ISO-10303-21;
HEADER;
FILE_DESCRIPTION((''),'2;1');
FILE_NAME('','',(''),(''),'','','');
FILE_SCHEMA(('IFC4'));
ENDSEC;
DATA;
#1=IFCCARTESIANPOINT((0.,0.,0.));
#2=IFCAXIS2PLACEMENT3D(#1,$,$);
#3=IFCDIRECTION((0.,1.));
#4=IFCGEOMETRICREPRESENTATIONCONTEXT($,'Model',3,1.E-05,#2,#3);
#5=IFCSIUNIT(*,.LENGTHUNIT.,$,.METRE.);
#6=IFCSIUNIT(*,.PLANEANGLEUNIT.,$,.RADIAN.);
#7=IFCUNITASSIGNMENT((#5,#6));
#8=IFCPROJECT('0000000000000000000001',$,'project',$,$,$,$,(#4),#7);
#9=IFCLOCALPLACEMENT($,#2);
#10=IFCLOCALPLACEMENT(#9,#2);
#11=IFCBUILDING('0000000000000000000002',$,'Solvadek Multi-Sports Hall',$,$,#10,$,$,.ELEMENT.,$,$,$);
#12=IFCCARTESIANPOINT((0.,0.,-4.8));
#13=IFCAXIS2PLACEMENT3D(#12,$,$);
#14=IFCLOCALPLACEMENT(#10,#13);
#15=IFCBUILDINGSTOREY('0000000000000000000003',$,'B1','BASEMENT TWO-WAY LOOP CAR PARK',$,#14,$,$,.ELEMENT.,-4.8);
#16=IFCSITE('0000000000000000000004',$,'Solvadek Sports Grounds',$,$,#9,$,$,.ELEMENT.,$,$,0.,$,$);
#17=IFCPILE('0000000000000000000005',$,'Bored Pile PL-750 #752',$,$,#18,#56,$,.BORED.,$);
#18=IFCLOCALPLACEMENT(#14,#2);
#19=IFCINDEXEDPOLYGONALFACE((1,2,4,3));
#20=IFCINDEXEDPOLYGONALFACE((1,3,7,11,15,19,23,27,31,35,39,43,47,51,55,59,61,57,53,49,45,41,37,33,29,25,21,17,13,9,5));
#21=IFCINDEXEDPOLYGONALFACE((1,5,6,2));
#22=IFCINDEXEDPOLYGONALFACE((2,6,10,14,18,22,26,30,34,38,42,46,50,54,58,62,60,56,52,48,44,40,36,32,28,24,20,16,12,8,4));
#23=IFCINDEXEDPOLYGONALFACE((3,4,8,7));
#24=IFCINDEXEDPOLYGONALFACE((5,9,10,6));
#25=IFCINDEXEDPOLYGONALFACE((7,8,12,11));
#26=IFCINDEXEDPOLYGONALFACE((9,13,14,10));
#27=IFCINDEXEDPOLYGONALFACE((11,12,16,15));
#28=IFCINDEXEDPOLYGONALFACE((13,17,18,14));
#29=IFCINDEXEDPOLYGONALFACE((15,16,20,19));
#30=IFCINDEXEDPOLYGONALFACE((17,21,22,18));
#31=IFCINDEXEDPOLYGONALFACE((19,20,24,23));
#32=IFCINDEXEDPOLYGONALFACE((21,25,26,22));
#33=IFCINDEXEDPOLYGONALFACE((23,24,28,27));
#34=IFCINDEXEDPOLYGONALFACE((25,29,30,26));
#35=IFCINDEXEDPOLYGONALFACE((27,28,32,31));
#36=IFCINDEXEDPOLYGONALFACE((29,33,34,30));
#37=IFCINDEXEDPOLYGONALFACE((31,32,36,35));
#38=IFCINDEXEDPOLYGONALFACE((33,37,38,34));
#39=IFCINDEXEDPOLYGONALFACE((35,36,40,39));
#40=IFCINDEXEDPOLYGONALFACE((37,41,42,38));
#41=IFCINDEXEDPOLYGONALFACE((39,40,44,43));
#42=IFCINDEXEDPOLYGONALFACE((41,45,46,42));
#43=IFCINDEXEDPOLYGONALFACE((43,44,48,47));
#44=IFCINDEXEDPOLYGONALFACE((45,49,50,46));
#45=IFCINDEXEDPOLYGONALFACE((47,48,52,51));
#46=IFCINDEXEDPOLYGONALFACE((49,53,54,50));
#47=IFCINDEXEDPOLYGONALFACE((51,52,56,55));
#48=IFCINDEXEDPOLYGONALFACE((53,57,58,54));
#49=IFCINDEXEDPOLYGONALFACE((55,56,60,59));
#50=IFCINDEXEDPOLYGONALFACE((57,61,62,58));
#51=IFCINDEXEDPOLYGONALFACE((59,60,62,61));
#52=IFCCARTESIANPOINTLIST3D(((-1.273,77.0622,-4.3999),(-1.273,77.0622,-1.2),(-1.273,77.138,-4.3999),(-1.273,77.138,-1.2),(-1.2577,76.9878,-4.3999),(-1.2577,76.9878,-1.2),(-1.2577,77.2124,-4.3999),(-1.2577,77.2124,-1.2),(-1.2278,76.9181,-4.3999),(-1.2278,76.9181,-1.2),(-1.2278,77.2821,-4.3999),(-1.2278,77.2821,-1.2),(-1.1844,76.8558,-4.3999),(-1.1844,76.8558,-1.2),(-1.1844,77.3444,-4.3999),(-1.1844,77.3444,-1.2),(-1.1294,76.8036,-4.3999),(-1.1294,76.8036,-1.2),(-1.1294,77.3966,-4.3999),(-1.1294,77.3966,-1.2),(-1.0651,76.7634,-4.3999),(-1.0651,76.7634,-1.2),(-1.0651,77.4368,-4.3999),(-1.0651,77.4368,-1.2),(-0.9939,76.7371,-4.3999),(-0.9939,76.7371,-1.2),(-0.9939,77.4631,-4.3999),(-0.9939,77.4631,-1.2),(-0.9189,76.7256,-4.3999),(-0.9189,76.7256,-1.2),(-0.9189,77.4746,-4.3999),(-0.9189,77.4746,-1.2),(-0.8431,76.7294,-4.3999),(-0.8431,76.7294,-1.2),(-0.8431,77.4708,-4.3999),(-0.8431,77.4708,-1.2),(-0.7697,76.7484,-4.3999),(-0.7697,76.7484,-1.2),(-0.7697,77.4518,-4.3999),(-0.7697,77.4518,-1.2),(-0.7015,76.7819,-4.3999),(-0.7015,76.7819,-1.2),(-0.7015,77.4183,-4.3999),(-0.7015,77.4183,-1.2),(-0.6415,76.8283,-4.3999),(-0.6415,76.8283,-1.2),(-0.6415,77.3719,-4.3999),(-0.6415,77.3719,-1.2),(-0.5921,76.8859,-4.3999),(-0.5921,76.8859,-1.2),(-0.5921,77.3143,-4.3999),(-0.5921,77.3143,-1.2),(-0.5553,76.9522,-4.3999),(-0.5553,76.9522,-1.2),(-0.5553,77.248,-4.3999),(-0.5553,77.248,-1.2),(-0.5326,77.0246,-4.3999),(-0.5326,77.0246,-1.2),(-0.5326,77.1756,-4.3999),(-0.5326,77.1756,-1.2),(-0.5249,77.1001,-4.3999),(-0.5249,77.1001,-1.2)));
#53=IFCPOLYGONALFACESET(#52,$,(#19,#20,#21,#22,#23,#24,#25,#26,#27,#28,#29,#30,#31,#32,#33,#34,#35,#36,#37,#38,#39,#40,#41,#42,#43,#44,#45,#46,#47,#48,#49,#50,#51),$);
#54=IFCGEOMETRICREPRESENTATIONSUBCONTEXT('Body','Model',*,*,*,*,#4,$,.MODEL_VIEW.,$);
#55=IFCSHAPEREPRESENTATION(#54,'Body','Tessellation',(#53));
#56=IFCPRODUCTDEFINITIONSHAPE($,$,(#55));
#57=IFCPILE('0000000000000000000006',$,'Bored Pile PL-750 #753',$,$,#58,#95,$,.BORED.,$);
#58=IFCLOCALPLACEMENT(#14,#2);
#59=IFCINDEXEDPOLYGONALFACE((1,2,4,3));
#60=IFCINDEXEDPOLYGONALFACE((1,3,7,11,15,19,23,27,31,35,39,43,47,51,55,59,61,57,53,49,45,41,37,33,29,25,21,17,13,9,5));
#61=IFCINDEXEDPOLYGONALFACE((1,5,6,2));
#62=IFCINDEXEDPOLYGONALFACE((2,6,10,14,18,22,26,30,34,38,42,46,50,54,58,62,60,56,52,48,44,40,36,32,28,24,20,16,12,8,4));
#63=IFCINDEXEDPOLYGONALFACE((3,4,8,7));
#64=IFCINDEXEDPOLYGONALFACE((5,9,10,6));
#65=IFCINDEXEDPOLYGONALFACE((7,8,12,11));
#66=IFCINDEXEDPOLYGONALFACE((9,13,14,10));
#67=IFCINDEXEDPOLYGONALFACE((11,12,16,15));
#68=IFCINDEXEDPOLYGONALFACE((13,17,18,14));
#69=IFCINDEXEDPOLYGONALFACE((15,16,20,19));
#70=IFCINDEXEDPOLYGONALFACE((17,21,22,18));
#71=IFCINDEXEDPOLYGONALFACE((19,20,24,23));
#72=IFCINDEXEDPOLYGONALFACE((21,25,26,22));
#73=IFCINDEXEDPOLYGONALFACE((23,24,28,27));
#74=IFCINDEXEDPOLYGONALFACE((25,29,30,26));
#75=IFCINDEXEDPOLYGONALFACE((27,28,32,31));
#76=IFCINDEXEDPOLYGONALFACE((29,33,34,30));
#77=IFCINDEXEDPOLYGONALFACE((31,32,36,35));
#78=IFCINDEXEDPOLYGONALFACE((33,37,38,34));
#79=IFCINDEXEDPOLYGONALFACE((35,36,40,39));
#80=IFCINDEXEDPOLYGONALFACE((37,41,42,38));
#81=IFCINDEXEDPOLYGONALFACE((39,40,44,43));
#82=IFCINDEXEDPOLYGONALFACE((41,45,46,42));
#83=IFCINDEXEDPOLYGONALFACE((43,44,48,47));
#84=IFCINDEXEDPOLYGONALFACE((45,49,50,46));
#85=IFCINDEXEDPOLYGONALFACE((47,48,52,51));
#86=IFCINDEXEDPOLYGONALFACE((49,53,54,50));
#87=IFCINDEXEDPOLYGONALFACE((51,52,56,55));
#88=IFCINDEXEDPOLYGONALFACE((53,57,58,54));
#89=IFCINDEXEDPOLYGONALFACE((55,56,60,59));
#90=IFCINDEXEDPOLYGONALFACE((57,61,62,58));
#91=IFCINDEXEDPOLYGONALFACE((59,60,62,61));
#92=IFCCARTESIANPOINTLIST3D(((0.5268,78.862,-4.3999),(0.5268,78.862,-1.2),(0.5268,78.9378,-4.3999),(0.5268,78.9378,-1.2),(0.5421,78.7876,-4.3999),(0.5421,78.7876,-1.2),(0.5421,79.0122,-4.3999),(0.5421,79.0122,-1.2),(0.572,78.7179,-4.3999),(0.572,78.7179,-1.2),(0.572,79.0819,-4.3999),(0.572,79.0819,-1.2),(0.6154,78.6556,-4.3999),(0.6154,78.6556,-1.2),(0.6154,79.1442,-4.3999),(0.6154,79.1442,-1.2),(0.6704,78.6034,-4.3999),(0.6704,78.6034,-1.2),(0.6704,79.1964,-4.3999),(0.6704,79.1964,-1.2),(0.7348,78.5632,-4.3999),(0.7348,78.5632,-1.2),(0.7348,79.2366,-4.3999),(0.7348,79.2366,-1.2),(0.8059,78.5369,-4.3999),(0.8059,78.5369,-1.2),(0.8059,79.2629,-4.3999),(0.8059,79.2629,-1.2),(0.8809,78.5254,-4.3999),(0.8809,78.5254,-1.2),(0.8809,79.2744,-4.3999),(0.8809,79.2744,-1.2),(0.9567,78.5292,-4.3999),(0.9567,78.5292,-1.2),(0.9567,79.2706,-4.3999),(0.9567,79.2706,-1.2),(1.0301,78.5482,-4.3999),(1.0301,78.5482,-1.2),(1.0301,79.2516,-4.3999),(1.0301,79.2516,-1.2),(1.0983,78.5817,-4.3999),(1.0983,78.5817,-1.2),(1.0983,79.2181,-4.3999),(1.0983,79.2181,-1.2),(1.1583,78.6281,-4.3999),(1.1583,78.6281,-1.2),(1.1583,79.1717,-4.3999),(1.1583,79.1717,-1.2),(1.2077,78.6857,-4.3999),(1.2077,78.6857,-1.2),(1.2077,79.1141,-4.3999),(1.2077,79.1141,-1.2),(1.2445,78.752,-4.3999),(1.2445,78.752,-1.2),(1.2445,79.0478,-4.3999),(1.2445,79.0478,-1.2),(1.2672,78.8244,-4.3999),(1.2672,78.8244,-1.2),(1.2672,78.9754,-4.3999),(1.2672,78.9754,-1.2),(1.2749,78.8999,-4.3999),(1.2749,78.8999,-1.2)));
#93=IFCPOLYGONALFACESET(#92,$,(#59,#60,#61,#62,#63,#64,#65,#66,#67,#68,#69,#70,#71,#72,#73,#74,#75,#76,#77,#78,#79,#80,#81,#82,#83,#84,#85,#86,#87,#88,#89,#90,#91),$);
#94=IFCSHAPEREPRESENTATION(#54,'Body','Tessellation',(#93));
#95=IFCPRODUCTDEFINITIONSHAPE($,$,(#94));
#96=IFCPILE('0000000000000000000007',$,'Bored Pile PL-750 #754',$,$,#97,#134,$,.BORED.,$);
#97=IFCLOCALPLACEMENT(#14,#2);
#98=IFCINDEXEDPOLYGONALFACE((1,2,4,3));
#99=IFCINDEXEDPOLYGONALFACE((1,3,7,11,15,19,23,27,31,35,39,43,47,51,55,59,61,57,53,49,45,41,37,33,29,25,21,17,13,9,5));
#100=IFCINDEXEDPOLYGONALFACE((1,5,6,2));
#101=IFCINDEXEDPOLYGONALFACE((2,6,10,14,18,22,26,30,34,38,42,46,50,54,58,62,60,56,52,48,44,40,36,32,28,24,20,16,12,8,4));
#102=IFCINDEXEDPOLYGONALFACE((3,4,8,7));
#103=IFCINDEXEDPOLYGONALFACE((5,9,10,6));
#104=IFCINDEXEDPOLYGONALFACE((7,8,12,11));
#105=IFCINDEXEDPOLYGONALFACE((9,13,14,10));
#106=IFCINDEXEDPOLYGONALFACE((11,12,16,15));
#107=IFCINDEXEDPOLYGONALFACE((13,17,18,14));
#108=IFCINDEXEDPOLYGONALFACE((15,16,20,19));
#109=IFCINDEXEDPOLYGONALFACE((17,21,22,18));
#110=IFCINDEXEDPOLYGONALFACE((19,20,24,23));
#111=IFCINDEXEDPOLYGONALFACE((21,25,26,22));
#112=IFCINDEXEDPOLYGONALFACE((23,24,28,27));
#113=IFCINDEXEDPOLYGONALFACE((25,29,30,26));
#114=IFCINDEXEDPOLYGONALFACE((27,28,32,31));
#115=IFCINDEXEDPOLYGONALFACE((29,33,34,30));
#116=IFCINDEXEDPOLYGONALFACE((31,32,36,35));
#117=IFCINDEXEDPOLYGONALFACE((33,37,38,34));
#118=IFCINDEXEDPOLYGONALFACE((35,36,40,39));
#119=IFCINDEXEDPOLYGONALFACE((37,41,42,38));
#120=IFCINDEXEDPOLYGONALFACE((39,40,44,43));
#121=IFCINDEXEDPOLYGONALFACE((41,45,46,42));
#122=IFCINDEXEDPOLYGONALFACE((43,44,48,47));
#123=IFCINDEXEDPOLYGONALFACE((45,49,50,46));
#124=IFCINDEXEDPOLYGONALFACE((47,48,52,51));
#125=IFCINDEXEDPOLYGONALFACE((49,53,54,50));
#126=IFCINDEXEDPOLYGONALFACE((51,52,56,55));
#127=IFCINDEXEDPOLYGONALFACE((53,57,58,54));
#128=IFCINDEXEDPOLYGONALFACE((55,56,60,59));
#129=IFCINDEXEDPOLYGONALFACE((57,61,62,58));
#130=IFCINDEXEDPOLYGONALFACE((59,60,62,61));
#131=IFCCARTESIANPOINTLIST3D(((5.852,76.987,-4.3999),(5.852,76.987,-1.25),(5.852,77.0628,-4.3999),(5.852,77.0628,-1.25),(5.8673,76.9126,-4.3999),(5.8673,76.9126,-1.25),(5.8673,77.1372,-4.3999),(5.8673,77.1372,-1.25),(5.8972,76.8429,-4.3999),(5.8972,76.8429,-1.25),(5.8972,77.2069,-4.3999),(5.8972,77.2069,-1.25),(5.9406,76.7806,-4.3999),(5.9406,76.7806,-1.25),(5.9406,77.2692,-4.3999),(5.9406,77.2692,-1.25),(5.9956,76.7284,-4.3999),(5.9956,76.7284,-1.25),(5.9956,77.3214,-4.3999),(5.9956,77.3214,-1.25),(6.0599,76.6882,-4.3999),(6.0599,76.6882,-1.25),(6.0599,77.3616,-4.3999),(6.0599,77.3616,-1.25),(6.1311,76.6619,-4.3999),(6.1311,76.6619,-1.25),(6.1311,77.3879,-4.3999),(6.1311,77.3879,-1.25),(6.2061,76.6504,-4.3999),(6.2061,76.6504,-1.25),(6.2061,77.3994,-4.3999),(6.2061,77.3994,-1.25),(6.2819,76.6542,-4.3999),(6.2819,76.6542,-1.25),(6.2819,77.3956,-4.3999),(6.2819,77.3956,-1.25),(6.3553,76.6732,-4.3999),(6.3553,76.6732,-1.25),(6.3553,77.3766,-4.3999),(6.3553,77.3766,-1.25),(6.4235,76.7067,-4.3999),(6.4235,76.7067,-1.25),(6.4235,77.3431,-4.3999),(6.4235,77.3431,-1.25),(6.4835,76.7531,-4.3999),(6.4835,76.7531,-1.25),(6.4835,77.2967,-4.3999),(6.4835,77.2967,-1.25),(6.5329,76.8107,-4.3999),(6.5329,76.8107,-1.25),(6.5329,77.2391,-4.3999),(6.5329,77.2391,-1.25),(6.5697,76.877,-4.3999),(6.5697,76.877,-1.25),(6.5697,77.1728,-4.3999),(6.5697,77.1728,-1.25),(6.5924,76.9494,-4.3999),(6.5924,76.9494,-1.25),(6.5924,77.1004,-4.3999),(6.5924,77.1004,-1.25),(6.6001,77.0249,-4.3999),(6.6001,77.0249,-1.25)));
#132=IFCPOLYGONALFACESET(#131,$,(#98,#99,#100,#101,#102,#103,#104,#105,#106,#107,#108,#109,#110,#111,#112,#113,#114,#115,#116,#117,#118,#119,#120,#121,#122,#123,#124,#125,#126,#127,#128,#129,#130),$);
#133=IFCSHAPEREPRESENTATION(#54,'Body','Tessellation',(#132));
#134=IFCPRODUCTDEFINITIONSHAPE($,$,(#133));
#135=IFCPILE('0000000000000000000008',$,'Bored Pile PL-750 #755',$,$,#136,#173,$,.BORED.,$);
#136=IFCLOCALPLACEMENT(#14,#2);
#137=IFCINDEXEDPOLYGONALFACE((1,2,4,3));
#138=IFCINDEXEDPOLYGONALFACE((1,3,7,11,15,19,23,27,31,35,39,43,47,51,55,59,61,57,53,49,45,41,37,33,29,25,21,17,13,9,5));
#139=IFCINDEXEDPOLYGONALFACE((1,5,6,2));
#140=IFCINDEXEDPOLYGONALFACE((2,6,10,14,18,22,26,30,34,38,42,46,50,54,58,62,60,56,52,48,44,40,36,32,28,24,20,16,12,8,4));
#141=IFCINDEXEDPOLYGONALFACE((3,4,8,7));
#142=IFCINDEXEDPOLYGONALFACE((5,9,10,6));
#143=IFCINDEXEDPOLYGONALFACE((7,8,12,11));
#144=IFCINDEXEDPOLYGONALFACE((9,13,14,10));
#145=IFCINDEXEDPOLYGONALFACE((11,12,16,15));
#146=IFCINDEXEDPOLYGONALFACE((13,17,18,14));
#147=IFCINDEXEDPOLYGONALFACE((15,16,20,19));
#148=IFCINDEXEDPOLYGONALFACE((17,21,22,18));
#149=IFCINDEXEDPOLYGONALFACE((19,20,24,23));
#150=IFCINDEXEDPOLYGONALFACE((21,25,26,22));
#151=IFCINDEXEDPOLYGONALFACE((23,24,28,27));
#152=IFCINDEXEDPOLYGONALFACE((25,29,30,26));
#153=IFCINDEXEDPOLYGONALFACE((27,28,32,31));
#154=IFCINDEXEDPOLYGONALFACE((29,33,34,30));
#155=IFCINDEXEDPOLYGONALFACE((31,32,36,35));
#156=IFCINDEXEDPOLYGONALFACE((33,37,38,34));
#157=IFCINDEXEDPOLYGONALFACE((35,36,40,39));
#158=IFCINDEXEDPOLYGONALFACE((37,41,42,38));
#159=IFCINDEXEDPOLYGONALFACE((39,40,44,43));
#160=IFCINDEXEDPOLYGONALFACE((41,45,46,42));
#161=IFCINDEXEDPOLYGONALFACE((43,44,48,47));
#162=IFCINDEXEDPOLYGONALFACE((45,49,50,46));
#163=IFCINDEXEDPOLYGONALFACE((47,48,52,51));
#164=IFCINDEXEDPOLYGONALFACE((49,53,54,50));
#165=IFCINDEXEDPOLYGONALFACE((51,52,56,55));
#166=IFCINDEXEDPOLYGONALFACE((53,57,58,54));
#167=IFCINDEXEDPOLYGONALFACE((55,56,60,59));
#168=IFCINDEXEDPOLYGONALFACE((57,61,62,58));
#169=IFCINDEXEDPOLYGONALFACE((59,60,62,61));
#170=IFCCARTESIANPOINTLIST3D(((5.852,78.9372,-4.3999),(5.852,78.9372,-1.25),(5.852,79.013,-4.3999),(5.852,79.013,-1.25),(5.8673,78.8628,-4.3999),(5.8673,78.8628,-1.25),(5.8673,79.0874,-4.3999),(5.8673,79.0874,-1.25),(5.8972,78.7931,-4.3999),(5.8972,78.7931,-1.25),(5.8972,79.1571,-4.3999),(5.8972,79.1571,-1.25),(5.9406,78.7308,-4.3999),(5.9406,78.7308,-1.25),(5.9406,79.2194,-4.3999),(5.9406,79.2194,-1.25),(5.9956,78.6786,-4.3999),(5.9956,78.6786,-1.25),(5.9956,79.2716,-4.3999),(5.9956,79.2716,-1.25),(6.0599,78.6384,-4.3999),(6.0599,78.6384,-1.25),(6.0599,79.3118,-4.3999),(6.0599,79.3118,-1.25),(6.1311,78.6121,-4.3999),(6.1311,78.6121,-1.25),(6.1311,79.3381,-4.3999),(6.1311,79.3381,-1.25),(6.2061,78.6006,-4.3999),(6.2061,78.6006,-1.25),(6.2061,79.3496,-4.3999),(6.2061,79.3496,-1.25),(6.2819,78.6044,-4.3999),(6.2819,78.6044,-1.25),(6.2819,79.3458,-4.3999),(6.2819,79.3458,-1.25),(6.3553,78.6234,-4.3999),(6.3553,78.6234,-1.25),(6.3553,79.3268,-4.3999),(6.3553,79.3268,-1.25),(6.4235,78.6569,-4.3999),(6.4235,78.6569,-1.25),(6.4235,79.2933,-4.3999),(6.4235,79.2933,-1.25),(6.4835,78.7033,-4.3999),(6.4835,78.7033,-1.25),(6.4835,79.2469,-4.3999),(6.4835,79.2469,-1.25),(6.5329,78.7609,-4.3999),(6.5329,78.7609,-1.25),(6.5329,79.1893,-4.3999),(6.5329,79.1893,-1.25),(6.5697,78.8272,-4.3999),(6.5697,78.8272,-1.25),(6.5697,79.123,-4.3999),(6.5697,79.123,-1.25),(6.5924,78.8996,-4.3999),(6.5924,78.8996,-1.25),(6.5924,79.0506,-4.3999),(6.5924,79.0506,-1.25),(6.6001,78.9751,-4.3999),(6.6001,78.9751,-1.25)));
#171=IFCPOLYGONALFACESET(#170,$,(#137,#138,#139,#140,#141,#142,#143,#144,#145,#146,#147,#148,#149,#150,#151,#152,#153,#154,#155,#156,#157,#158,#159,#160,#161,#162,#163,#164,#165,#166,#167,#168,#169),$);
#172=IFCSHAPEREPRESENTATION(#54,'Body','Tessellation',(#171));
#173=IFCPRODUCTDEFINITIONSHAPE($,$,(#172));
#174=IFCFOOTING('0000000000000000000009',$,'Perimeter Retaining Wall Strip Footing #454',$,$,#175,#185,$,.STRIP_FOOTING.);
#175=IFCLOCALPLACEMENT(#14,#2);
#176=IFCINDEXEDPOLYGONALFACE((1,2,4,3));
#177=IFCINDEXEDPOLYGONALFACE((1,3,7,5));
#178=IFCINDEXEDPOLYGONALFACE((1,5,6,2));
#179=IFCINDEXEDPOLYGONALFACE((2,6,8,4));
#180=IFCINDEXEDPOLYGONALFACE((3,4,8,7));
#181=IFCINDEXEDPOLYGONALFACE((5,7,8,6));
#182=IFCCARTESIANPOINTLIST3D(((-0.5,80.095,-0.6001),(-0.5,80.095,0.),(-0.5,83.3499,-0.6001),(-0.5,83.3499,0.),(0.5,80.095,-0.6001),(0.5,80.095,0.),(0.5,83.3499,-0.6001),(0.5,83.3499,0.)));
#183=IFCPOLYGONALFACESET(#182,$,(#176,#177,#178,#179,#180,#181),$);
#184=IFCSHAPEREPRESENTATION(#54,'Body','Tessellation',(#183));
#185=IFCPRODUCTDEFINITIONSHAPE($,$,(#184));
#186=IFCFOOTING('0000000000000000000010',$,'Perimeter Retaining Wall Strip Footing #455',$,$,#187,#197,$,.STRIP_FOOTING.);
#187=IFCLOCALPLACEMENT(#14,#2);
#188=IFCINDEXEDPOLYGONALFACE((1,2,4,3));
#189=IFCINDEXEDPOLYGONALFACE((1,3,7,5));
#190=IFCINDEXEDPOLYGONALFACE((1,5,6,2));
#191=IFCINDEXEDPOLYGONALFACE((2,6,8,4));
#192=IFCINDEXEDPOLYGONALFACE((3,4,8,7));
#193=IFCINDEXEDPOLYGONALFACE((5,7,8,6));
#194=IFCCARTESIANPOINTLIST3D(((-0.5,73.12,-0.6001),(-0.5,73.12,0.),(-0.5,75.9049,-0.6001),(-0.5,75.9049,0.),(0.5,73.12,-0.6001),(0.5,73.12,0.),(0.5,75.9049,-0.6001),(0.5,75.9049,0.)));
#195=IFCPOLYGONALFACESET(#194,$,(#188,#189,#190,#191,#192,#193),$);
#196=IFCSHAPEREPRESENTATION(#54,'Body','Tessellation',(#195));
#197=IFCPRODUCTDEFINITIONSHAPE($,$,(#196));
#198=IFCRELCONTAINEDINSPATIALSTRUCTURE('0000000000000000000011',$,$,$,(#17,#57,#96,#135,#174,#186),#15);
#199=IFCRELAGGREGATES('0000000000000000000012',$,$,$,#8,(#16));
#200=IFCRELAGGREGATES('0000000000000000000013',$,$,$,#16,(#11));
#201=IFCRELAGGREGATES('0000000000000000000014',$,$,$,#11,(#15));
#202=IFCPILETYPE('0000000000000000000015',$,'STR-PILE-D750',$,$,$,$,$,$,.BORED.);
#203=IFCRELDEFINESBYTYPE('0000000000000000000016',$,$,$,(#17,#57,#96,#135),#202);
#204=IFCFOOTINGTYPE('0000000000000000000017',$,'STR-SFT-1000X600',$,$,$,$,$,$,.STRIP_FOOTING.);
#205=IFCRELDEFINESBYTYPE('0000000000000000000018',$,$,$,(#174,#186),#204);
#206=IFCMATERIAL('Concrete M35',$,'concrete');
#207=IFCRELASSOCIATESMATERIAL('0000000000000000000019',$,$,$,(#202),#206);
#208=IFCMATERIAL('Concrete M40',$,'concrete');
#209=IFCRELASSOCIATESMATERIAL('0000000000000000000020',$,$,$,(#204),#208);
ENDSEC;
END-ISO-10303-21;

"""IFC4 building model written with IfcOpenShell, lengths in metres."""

from ifc_helpers import new_model, si_unit, direction, frame, origin, origin_2d, place, context, subcontext, project, spatial, rectangle, circle, extrude, material, material_profile, profile_set, type_object, element, save


model = new_model("IFC4")

# Units and contexts
model_context = context("Model", 3, precision=1e-05, world=origin(), true_north=direction((0.0, 1.0)))
body_context = subcontext(model_context, "Body", "Model", "MODEL_VIEW")
ifc_project = project(units=[si_unit("LENGTHUNIT", "METRE"), si_unit("PLANEANGLEUNIT", "RADIAN")], contexts=[model_context])

# Site, building, storey
site_placement = place(None, origin())
site = spatial("IfcSite", under=ifc_project, at=site_placement, Name="Solvadek Sports Grounds", CompositionType="ELEMENT", RefElevation=0.0)
building_placement = place(site_placement, origin())
building = spatial("IfcBuilding", under=site, at=building_placement, Name="Solvadek Multi-Sports Hall", CompositionType="ELEMENT")
storey_placement = place(building_placement, frame((0.0, 0.0, -4.8)))
storey = spatial("IfcBuildingStorey", under=building, at=storey_placement, Name="B1", Description="BASEMENT TWO-WAY LOOP CAR PARK", CompositionType="ELEMENT", Elevation=-4.8)

# Shared definitions
ifc_material_1 = material(Name="Concrete M40", Category="concrete")

# Piles
ifc_material_2 = material(Name="Concrete M35", Category="concrete")
ifc_material_profile_1 = material_profile(ifc_material_2, circle(Radius=0.375, at=origin_2d()), Name="BORED PILE D750")
ifc_profile_set_1 = profile_set([ifc_material_profile_1], Name="Concrete M35")
pile_type = type_object("IfcPileType", Name="STR-PILE-D750", PredefinedType="BORED", material=ifc_profile_set_1)
for number, where, z_axis, x_axis, name in (
    (1, (-0.8999, 77.1001, -1.2), (0.0, 0.0, -1.0), (1.0, 0.0, 0.0), "Bored Pile PL-750 #752"),
    (2, (0.8999, 78.8999, -1.2), (0.0, 0.0, -1.0), (1.0, 0.0, 0.0), "Bored Pile PL-750 #753"),
):
    element("IfcPile", number, at=place(storey_placement, frame(where, z_axis=z_axis, x_axis=x_axis)), inside=storey, type_object=pile_type, Name=name, PredefinedType="BORED", context=body_context, shape_type="SweptSolid", body=[
        extrude(circle(Radius=0.375, at=origin_2d()), origin(), (0.0, 0.0, 1.0), 3.2),
    ])
for number, where, z_axis, x_axis, name in (
    (3, (6.2251, 77.0249, -1.25), (0.0, 0.0, -1.0), (1.0, 0.0, 0.0), "Bored Pile PL-750 #754"),
    (4, (6.2251, 78.9751, -1.25), (0.0, 0.0, -1.0), (1.0, 0.0, 0.0), "Bored Pile PL-750 #755"),
):
    element("IfcPile", number, at=place(storey_placement, frame(where, z_axis=z_axis, x_axis=x_axis)), inside=storey, type_object=pile_type, Name=name, PredefinedType="BORED", context=body_context, shape_type="SweptSolid", body=[
        extrude(circle(Radius=0.375, at=origin_2d()), origin(), (0.0, 0.0, 1.0), 3.1499),
    ])

# Footings
footing_type_1 = type_object("IfcFootingType", Name="STR-SFT-1000X600", PredefinedType="STRIP_FOOTING", material=ifc_material_1)
footing_1_placement = place(storey_placement, frame((0.0, 81.7224, -0.6001), z_axis=(0.0, 0.0, 1.0), x_axis=(0.0, -1.0, 0.0)))
element("IfcFooting", 5, at=footing_1_placement, inside=storey, type_object=footing_type_1, Name="Perimeter Retaining Wall Strip Footing #454", PredefinedType="STRIP_FOOTING", context=body_context, shape_type="SweptSolid", body=[
    extrude(rectangle(XDim=3.2549, YDim=1.0, at=origin_2d()), origin(), (0.0, 0.0, 1.0), 0.6001),
])
footing_2_placement = place(storey_placement, frame((0.0, 74.5125, -0.6001), z_axis=(0.0, 0.0, 1.0), x_axis=(0.0, -1.0, 0.0)))
element("IfcFooting", 6, at=footing_2_placement, inside=storey, type_object=footing_type_1, Name="Perimeter Retaining Wall Strip Footing #455", PredefinedType="STRIP_FOOTING", context=body_context, shape_type="SweptSolid", body=[
    extrude(rectangle(XDim=2.7849, YDim=1.0, at=origin_2d()), origin(), (0.0, 0.0, 1.0), 0.6001),
])

save(model, "model.ifc")
